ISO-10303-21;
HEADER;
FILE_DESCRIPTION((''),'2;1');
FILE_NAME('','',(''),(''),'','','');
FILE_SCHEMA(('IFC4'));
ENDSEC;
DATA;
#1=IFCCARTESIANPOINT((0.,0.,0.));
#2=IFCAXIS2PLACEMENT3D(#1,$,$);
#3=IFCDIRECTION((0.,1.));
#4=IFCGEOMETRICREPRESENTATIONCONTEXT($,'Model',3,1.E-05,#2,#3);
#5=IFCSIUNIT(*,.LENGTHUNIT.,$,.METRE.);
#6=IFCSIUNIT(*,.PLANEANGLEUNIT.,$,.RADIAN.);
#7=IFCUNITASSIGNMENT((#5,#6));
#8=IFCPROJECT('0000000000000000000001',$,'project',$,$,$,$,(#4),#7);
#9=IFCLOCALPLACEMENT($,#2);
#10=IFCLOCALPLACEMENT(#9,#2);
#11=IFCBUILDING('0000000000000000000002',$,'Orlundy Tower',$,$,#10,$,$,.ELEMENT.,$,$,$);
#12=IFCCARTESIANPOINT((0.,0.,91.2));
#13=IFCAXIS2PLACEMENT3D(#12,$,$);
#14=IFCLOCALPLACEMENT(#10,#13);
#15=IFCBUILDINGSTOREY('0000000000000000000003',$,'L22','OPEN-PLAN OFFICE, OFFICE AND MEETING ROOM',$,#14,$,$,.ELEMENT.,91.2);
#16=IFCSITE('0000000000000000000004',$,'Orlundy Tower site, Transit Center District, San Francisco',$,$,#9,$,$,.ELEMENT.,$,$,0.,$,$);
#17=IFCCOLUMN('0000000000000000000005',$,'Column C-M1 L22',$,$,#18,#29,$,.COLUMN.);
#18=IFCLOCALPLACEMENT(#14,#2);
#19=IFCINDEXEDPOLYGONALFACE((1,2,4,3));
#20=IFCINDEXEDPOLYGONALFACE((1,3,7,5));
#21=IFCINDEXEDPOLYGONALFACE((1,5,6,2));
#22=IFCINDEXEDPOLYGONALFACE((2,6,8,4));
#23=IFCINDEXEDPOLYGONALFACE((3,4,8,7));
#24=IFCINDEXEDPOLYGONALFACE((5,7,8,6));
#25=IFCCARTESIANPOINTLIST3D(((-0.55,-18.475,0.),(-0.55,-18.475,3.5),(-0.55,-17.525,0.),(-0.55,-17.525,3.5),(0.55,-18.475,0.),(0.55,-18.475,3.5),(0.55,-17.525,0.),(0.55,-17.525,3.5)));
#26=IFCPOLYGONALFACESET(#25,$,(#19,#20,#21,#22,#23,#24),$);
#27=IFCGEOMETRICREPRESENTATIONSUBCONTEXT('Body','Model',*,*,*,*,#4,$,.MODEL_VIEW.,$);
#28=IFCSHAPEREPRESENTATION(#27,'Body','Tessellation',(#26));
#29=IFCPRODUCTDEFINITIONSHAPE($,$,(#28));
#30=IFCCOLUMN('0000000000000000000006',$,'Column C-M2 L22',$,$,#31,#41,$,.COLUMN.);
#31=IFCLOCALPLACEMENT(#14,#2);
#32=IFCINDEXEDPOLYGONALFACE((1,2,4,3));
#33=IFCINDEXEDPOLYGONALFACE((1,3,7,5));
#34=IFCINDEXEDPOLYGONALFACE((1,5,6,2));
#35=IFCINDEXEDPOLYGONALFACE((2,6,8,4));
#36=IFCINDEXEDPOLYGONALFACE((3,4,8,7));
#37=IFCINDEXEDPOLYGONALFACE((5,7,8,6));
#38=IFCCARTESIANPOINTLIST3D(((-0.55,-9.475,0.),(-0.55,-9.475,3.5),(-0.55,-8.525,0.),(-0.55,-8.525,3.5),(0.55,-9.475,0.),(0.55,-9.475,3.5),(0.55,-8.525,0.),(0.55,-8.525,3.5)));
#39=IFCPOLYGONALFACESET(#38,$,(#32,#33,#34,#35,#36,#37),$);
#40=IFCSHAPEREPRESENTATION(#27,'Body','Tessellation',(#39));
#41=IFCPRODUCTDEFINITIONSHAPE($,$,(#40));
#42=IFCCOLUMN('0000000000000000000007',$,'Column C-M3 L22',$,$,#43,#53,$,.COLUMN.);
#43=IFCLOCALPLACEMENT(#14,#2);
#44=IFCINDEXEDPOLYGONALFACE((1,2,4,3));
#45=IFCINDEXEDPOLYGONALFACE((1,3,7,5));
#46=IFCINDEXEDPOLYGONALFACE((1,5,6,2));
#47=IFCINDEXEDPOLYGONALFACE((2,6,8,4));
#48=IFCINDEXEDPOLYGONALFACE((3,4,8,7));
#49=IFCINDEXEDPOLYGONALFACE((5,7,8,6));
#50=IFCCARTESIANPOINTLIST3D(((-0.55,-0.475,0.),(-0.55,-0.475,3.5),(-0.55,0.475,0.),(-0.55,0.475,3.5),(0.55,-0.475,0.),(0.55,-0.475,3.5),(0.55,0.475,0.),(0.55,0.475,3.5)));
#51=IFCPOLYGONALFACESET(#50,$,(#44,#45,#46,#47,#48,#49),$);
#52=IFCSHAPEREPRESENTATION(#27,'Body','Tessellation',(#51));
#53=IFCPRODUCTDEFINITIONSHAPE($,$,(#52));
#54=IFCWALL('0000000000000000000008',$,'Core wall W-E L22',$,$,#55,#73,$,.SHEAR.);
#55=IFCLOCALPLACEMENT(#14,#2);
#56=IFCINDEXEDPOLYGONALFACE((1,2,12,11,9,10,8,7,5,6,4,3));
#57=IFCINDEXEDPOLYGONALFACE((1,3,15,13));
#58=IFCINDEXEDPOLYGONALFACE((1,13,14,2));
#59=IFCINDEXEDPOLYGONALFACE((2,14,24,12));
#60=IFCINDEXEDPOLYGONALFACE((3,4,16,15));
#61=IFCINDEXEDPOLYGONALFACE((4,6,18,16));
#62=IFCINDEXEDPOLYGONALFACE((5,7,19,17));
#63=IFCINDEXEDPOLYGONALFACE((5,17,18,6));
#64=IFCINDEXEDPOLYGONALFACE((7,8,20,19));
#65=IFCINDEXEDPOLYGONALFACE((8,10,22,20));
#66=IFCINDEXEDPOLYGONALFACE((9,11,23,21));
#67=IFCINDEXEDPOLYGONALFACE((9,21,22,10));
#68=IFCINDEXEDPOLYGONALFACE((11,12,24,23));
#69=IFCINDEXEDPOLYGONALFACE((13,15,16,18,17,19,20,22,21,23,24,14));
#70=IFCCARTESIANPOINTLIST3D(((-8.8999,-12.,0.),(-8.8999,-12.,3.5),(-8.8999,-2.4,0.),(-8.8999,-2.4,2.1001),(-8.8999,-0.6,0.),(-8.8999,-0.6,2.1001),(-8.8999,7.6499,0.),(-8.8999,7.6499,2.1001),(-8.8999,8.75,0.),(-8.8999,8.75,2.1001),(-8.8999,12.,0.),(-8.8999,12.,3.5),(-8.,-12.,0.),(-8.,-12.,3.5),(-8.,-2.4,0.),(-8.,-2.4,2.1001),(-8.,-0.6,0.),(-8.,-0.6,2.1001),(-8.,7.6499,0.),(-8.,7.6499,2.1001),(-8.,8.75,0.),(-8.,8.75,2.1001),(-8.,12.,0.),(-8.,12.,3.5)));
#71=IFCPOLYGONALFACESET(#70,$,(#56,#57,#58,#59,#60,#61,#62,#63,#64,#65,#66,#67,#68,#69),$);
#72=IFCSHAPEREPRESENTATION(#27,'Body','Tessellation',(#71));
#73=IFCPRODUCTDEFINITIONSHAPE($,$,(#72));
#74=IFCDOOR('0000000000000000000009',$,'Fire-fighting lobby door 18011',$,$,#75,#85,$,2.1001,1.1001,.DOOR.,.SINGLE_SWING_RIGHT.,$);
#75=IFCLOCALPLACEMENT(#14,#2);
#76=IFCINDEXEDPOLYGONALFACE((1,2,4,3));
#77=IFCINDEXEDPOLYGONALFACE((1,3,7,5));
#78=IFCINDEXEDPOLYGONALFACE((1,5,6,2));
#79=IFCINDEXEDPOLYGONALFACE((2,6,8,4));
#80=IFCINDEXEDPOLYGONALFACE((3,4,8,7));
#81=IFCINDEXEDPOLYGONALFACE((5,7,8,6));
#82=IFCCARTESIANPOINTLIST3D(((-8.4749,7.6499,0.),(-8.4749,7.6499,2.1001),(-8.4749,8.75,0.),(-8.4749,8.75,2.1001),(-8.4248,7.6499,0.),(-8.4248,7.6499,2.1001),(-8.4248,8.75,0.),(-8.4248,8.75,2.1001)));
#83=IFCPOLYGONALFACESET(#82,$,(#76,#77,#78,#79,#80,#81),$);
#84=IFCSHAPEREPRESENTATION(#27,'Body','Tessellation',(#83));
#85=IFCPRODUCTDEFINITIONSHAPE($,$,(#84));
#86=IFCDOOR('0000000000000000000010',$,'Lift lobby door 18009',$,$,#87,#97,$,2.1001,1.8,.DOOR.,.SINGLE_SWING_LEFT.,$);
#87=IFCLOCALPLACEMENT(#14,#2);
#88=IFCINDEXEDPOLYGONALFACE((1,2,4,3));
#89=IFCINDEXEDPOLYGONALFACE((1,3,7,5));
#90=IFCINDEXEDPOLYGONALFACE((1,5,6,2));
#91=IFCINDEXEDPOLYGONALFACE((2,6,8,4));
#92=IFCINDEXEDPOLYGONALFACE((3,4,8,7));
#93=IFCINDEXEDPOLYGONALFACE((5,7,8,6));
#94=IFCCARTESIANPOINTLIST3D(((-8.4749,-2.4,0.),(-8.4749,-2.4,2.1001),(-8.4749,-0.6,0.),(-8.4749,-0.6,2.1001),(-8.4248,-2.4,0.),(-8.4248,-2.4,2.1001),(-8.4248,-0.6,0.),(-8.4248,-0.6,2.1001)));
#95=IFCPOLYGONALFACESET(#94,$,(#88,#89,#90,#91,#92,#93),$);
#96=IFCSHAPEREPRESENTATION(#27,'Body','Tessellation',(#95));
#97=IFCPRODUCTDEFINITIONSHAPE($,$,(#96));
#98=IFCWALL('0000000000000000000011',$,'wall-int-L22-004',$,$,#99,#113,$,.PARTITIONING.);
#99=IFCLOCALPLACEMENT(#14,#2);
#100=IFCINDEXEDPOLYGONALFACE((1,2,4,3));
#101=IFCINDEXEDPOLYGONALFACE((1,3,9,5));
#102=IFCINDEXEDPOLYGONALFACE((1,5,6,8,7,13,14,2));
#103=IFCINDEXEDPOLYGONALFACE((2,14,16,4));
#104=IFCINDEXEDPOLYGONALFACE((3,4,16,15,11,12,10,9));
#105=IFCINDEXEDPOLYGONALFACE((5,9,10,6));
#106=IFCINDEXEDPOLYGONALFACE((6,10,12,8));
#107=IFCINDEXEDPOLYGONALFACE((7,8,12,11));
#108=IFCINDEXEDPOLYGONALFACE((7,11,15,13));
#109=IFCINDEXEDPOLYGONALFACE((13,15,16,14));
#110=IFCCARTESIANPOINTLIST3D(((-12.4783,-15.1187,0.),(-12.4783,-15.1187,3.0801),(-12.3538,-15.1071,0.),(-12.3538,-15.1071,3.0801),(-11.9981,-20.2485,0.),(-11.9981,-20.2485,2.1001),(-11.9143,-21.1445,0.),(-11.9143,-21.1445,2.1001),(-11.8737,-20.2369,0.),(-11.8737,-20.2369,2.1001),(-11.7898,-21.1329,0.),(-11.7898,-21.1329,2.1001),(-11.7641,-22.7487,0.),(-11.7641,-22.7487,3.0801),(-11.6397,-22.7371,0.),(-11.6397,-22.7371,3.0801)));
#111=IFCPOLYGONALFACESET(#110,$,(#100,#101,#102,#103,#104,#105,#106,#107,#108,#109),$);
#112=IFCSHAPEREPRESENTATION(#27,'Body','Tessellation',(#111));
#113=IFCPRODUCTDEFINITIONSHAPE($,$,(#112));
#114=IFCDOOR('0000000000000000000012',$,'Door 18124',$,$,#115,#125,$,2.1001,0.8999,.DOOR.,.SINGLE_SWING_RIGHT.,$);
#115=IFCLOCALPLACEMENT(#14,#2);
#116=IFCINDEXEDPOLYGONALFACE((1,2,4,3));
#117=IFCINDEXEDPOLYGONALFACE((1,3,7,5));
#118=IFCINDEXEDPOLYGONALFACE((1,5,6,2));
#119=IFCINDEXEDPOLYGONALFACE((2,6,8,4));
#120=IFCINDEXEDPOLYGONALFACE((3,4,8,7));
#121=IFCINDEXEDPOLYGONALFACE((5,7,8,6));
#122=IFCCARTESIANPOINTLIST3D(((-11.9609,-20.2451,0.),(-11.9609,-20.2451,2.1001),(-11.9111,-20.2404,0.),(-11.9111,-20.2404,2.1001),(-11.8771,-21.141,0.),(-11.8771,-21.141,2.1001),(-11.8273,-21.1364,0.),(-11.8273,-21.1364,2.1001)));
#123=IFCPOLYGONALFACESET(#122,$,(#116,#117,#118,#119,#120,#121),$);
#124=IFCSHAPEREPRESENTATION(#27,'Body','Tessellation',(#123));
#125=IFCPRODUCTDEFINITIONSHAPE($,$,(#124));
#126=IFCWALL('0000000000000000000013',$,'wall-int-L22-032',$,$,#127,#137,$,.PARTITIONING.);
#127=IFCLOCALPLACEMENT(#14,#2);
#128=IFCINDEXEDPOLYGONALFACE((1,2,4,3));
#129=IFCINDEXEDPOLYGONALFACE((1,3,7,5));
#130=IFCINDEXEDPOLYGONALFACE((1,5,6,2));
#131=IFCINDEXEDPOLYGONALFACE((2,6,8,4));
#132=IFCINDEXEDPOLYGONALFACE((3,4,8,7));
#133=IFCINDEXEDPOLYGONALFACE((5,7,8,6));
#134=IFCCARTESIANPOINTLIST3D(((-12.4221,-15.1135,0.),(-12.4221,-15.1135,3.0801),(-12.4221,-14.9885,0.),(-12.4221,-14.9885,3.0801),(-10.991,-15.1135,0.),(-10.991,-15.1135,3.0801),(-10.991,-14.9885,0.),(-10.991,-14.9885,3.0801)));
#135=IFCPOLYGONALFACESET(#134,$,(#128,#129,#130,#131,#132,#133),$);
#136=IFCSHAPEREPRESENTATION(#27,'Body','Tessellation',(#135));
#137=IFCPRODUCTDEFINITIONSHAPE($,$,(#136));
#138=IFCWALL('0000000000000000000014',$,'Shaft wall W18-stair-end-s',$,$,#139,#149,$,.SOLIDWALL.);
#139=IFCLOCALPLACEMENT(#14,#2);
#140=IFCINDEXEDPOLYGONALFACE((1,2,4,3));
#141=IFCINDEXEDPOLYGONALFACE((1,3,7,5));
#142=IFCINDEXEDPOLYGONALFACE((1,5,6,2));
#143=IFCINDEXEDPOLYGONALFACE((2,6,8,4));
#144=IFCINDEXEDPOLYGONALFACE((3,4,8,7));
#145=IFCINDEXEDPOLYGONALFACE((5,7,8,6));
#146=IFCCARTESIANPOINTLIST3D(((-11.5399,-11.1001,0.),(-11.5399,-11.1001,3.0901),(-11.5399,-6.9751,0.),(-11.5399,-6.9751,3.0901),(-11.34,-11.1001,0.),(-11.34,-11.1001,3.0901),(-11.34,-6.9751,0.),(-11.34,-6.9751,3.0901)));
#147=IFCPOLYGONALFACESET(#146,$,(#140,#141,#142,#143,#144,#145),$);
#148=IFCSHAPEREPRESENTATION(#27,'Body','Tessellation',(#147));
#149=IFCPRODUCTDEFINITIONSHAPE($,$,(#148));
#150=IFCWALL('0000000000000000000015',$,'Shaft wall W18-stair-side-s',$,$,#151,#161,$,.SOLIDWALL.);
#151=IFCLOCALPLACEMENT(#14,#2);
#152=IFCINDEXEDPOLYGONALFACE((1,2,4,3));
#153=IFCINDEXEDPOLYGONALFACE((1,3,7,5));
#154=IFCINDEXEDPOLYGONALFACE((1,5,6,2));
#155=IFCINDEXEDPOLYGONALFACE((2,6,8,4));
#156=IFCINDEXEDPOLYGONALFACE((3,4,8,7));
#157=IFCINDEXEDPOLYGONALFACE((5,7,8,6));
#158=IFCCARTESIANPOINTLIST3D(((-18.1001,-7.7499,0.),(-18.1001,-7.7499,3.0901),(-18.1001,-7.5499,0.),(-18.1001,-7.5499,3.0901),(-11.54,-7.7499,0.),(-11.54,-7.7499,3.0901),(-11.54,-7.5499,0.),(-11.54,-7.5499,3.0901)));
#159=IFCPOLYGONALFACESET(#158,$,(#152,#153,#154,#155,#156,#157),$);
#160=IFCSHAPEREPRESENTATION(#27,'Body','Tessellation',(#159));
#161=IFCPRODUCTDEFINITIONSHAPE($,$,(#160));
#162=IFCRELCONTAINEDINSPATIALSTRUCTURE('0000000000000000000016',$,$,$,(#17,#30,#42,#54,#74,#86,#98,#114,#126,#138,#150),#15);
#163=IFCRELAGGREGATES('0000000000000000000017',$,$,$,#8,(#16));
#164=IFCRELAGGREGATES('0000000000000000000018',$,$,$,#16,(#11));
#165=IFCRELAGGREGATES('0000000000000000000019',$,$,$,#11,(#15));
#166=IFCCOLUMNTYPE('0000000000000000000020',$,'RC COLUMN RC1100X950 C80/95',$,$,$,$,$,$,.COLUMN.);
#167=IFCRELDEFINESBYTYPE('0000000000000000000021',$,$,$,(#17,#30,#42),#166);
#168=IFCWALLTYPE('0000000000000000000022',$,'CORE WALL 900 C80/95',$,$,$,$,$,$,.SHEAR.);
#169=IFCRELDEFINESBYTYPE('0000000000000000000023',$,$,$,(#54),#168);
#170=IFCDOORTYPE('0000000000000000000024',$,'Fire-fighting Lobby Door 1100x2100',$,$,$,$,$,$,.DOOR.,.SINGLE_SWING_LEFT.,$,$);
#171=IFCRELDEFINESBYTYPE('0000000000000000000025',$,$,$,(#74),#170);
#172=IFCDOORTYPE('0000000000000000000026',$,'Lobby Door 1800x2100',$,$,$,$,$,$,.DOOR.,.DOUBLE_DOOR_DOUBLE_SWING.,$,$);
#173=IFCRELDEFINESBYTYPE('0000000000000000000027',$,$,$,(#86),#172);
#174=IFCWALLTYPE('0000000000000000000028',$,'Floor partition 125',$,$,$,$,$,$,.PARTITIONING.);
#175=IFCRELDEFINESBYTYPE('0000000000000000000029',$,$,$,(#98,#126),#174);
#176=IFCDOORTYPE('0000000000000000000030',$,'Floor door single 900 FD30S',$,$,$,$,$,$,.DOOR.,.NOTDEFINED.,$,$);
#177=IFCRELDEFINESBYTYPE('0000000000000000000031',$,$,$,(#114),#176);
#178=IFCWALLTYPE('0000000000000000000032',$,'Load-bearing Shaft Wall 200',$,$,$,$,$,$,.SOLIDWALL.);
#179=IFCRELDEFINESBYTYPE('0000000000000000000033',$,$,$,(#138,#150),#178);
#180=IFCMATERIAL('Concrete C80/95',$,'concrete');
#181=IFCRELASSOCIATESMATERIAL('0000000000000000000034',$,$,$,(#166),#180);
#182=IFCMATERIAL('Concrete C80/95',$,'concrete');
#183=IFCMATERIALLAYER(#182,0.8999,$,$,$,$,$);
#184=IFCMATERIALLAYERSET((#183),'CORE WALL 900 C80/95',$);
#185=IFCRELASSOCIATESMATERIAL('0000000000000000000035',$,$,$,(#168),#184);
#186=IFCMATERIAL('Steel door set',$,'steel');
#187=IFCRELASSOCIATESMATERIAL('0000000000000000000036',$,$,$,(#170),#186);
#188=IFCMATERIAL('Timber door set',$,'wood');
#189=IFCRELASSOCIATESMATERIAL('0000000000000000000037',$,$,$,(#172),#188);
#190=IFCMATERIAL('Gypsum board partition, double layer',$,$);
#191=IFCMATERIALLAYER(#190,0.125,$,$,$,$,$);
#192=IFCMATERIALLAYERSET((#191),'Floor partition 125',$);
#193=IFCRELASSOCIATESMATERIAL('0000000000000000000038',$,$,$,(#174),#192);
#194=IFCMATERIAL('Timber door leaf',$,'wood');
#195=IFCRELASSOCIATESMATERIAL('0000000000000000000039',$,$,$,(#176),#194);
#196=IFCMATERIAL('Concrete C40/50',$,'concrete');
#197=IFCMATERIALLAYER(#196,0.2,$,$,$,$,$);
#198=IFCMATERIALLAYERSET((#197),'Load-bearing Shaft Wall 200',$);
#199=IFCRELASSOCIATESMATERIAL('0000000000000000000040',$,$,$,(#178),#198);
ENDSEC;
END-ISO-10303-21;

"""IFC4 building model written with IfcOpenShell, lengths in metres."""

from ifc_helpers import new_model, si_unit, direction, frame, frame_2d, origin, origin_2d, place, context, subcontext, project, spatial, rectangle, extrude, material, layer, layer_set, material_profile, profile_set, type_object, element, fill, save


model = new_model("IFC4")

# Units and contexts
model_context = context("Model", 3, precision=1e-05, world=origin(), true_north=direction((0.0, 1.0)))
body_context = subcontext(model_context, "Body", "Model", "MODEL_VIEW")
ifc_project = project(units=[si_unit("LENGTHUNIT", "METRE"), si_unit("PLANEANGLEUNIT", "RADIAN")], contexts=[model_context])

# Site, building, storey
site_placement = place(None, origin())
site = spatial("IfcSite", under=ifc_project, at=site_placement, Name="Orlundy Tower site, Transit Center District, San Francisco", CompositionType="ELEMENT", RefElevation=0.0)
building_placement = place(site_placement, origin())
building = spatial("IfcBuilding", under=site, at=building_placement, Name="Orlundy Tower", CompositionType="ELEMENT")
storey_placement = place(building_placement, frame((0.0, 0.0, 91.2)))
storey = spatial("IfcBuildingStorey", under=building, at=storey_placement, Name="L22", Description="OPEN-PLAN OFFICE, OFFICE AND MEETING ROOM", CompositionType="ELEMENT", Elevation=91.2)

# Columns
ifc_material_1 = material(Name="Concrete C80/95", Category="concrete")
ifc_material_profile = material_profile(ifc_material_1, rectangle(XDim=1.1001, YDim=0.95, at=origin_2d()), Name="RC1100X950")
ifc_profile_set = profile_set([ifc_material_profile], Name="Concrete C80/95")
column_type = type_object("IfcColumnType", Name="RC COLUMN RC1100X950 C80/95", PredefinedType="COLUMN", material=ifc_profile_set)
for number, where, z_axis, x_axis, name in (
    (1, (0.0, -18.0, 0.0), (0.0, 0.0, 1.0), (1.0, 0.0, 0.0), "Column C-M1 L22"),
    (2, (0.0, -9.0, 0.0), (0.0, 0.0, 1.0), (1.0, 0.0, 0.0), "Column C-M2 L22"),
    (3, (0.0, 0.0, 0.0), (0.0, 0.0, 1.0), (1.0, 0.0, 0.0), "Column C-M3 L22"),
):
    element("IfcColumn", number, at=place(storey_placement, frame(where, z_axis=z_axis, x_axis=x_axis)), inside=storey, type_object=column_type, Name=name, PredefinedType="COLUMN", context=body_context, shape_type="SweptSolid", body=[
        extrude(rectangle(XDim=1.1001, YDim=0.95, at=origin_2d()), origin(), (0.0, 0.0, 1.0), 3.5),
    ])

# Wall, openings, doors
ifc_material_2 = material(Name="Concrete C80/95", Category="concrete")
ifc_layer_1 = layer(ifc_material_2, 0.8999)
ifc_layer_set_1 = layer_set([ifc_layer_1], Name="CORE WALL 900 C80/95")
wall_type_1 = type_object("IfcWallType", Name="CORE WALL 900 C80/95", PredefinedType="SHEAR", material=ifc_layer_set_1)
wall_1_placement = place(storey_placement, frame((-8.45, -12.0, 0.0), z_axis=(0.0, 0.0, 1.0), x_axis=(0.0, 1.0, 0.0)))
wall_1 = element("IfcWall", 4, at=wall_1_placement, inside=storey, type_object=wall_type_1, Name="Core wall W-E L22", PredefinedType="SHEAR", context=body_context, shape_type="SweptSolid", body=[
    extrude(rectangle(XDim=24.0, YDim=0.8999, at=frame_2d((12.0, 0.0))), origin(), (0.0, 0.0, 1.0), 3.5),
])
opening_1_placement = place(wall_1_placement, frame((9.6001, 0.0, 0.0)))
opening_1 = element("IfcOpeningElement", 5, at=opening_1_placement, cuts=wall_1, PredefinedType="OPENING", context=body_context, shape_type="SweptSolid", body=[
    extrude(rectangle(XDim=1.8, YDim=2.1001, at=frame_2d((0.8999, 1.05))), frame((0.0, 0.46, 0.0), z_axis=(0.0, -1.0, 0.0), x_axis=(1.0, 0.0, 0.0)), (0.0, 0.0, 1.0), 0.9199),
])
opening_2_placement = place(wall_1_placement, frame((19.6499, 0.0, 0.0)))
opening_2 = element("IfcOpeningElement", 6, at=opening_2_placement, cuts=wall_1, PredefinedType="OPENING", context=body_context, shape_type="SweptSolid", body=[
    extrude(rectangle(XDim=1.1001, YDim=2.1001, at=frame_2d((0.55, 1.05))), frame((0.0, 0.46, 0.0), z_axis=(0.0, -1.0, 0.0), x_axis=(1.0, 0.0, 0.0)), (0.0, 0.0, 1.0), 0.9199),
])
ifc_material_3 = material(Name="Steel door set", Category="steel")
door_type_1 = type_object("IfcDoorType", Name="Fire-fighting Lobby Door 1100x2100", OperationType="SINGLE_SWING_LEFT", PredefinedType="DOOR", material=ifc_material_3)
door_1_placement = place(opening_2_placement, origin())
door_1 = element("IfcDoor", 7, at=door_1_placement, inside=storey, type_object=door_type_1, Name="Fire-fighting lobby door 18011", OperationType="SINGLE_SWING_RIGHT", OverallHeight=2.1001, OverallWidth=1.1001, PredefinedType="DOOR", context=body_context, shape_type="SweptSolid", body=[
    extrude(rectangle(XDim=1.1001, YDim=2.1001, at=frame_2d((0.55, 1.05))), frame((0.0, 0.0249, 0.0), z_axis=(0.0, -1.0, 0.0), x_axis=(1.0, 0.0, 0.0)), (0.0, 0.0, 1.0), 0.05),
])
fill(opening_2, door_1)
ifc_material_4 = material(Name="Timber door set", Category="wood")
door_type_2 = type_object("IfcDoorType", Name="Lobby Door 1800x2100", OperationType="DOUBLE_DOOR_DOUBLE_SWING", PredefinedType="DOOR", material=ifc_material_4)
door_2_placement = place(opening_1_placement, origin())
door_2 = element("IfcDoor", 8, at=door_2_placement, inside=storey, type_object=door_type_2, Name="Lift lobby door 18009", OperationType="SINGLE_SWING_LEFT", OverallHeight=2.1001, OverallWidth=1.8, PredefinedType="DOOR", context=body_context, shape_type="SweptSolid", body=[
    extrude(rectangle(XDim=1.8, YDim=2.1001, at=frame_2d((0.8999, 1.05))), frame((0.0, 0.0249, 0.0), z_axis=(0.0, -1.0, 0.0), x_axis=(1.0, 0.0, 0.0)), (0.0, 0.0, 1.0), 0.05),
])
fill(opening_1, door_2)

# Wall, opening, door
ifc_material_5 = material(Name="Gypsum board partition, double layer")
ifc_layer_2 = layer(ifc_material_5, 0.125)
ifc_layer_set_2 = layer_set([ifc_layer_2], Name="Floor partition 125")
wall_type_2 = type_object("IfcWallType", Name="Floor partition 125", PredefinedType="PARTITIONING", material=ifc_layer_set_2)
wall_2_placement = place(storey_placement, frame((-12.416, -15.113, 0.0), z_axis=(0.0, 0.0, 1.0), x_axis=(0.093187, -0.995649, 0.0)))
wall_2 = element("IfcWall", 9, at=wall_2_placement, inside=storey, type_object=wall_type_2, Name="wall-int-L22-004", PredefinedType="PARTITIONING", context=body_context, shape_type="SweptSolid", body=[
    extrude(rectangle(XDim=7.6633, YDim=0.125, at=frame_2d((3.8315, 0.0))), origin(), (0.0, 0.0, 1.0), 3.0801),
])
opening_3_placement = place(wall_2_placement, frame((5.1521, 0.0, 0.0)))
opening_3 = element("IfcOpeningElement", 10, at=opening_3_placement, cuts=wall_2, PredefinedType="OPENING", context=body_context, shape_type="SweptSolid", body=[
    extrude(rectangle(XDim=0.8999, YDim=2.1001, at=frame_2d((0.45, 1.05))), frame((0.0, 0.0725, 0.0), z_axis=(0.0, -1.0, 0.0), x_axis=(1.0, 0.0, 0.0)), (0.0, 0.0, 1.0), 0.145),
])
ifc_material_6 = material(Name="Timber door leaf", Category="wood")
door_type_3 = type_object("IfcDoorType", Name="Floor door single 900 FD30S", OperationType="NOTDEFINED", PredefinedType="DOOR", material=ifc_material_6)
door_3_placement = place(opening_3_placement, origin())
door_3 = element("IfcDoor", 11, at=door_3_placement, inside=storey, type_object=door_type_3, Name="Door 18124", OperationType="SINGLE_SWING_RIGHT", OverallHeight=2.1001, OverallWidth=0.8999, PredefinedType="DOOR", context=body_context, shape_type="SweptSolid", body=[
    extrude(rectangle(XDim=0.8999, YDim=2.1001, at=frame_2d((0.45, 1.05))), frame((0.0, 0.0249, 0.0), z_axis=(0.0, -1.0, 0.0), x_axis=(1.0, 0.0, 0.0)), (0.0, 0.0, 1.0), 0.05),
])
fill(opening_3, door_3)

# Walls
wall_3_placement = place(storey_placement, frame((-12.4221, -15.051, 0.0), z_axis=(0.0, 0.0, 1.0), x_axis=(1.0, 0.0, 0.0)))
element("IfcWall", 12, at=wall_3_placement, inside=storey, type_object=wall_type_2, Name="wall-int-L22-032", PredefinedType="PARTITIONING", context=body_context, shape_type="SweptSolid", body=[
    extrude(rectangle(XDim=1.4312, YDim=0.125, at=frame_2d((0.7156, 0.0))), origin(), (0.0, 0.0, 1.0), 3.0801),
])
ifc_material_7 = material(Name="Concrete C40/50", Category="concrete")
ifc_layer_3 = layer(ifc_material_7, 0.2)
ifc_layer_set_3 = layer_set([ifc_layer_3], Name="Load-bearing Shaft Wall 200")
wall_type_3 = type_object("IfcWallType", Name="Load-bearing Shaft Wall 200", PredefinedType="SOLIDWALL", material=ifc_layer_set_3)
wall_4_placement = place(storey_placement, frame((-11.4399, -11.1001, 0.0), z_axis=(0.0, 0.0, 1.0), x_axis=(0.0, 1.0, 0.0)))
element("IfcWall", 13, at=wall_4_placement, inside=storey, type_object=wall_type_3, Name="Shaft wall W18-stair-end-s", PredefinedType="SOLIDWALL", context=body_context, shape_type="SweptSolid", body=[
    extrude(rectangle(XDim=4.125, YDim=0.2, at=frame_2d((2.0625, 0.0))), origin(), (0.0, 0.0, 1.0), 3.0901),
])
wall_5_placement = place(storey_placement, frame((-11.54, -7.6499, 0.0), z_axis=(0.0, 0.0, 1.0), x_axis=(-1.0, 0.0, 0.0)))
element("IfcWall", 14, at=wall_5_placement, inside=storey, type_object=wall_type_3, Name="Shaft wall W18-stair-side-s", PredefinedType="SOLIDWALL", context=body_context, shape_type="SweptSolid", body=[
    extrude(rectangle(XDim=6.5601, YDim=0.2, at=frame_2d((3.28, 0.0))), origin(), (0.0, 0.0, 1.0), 3.0901),
])

save(model, "model.ifc")
